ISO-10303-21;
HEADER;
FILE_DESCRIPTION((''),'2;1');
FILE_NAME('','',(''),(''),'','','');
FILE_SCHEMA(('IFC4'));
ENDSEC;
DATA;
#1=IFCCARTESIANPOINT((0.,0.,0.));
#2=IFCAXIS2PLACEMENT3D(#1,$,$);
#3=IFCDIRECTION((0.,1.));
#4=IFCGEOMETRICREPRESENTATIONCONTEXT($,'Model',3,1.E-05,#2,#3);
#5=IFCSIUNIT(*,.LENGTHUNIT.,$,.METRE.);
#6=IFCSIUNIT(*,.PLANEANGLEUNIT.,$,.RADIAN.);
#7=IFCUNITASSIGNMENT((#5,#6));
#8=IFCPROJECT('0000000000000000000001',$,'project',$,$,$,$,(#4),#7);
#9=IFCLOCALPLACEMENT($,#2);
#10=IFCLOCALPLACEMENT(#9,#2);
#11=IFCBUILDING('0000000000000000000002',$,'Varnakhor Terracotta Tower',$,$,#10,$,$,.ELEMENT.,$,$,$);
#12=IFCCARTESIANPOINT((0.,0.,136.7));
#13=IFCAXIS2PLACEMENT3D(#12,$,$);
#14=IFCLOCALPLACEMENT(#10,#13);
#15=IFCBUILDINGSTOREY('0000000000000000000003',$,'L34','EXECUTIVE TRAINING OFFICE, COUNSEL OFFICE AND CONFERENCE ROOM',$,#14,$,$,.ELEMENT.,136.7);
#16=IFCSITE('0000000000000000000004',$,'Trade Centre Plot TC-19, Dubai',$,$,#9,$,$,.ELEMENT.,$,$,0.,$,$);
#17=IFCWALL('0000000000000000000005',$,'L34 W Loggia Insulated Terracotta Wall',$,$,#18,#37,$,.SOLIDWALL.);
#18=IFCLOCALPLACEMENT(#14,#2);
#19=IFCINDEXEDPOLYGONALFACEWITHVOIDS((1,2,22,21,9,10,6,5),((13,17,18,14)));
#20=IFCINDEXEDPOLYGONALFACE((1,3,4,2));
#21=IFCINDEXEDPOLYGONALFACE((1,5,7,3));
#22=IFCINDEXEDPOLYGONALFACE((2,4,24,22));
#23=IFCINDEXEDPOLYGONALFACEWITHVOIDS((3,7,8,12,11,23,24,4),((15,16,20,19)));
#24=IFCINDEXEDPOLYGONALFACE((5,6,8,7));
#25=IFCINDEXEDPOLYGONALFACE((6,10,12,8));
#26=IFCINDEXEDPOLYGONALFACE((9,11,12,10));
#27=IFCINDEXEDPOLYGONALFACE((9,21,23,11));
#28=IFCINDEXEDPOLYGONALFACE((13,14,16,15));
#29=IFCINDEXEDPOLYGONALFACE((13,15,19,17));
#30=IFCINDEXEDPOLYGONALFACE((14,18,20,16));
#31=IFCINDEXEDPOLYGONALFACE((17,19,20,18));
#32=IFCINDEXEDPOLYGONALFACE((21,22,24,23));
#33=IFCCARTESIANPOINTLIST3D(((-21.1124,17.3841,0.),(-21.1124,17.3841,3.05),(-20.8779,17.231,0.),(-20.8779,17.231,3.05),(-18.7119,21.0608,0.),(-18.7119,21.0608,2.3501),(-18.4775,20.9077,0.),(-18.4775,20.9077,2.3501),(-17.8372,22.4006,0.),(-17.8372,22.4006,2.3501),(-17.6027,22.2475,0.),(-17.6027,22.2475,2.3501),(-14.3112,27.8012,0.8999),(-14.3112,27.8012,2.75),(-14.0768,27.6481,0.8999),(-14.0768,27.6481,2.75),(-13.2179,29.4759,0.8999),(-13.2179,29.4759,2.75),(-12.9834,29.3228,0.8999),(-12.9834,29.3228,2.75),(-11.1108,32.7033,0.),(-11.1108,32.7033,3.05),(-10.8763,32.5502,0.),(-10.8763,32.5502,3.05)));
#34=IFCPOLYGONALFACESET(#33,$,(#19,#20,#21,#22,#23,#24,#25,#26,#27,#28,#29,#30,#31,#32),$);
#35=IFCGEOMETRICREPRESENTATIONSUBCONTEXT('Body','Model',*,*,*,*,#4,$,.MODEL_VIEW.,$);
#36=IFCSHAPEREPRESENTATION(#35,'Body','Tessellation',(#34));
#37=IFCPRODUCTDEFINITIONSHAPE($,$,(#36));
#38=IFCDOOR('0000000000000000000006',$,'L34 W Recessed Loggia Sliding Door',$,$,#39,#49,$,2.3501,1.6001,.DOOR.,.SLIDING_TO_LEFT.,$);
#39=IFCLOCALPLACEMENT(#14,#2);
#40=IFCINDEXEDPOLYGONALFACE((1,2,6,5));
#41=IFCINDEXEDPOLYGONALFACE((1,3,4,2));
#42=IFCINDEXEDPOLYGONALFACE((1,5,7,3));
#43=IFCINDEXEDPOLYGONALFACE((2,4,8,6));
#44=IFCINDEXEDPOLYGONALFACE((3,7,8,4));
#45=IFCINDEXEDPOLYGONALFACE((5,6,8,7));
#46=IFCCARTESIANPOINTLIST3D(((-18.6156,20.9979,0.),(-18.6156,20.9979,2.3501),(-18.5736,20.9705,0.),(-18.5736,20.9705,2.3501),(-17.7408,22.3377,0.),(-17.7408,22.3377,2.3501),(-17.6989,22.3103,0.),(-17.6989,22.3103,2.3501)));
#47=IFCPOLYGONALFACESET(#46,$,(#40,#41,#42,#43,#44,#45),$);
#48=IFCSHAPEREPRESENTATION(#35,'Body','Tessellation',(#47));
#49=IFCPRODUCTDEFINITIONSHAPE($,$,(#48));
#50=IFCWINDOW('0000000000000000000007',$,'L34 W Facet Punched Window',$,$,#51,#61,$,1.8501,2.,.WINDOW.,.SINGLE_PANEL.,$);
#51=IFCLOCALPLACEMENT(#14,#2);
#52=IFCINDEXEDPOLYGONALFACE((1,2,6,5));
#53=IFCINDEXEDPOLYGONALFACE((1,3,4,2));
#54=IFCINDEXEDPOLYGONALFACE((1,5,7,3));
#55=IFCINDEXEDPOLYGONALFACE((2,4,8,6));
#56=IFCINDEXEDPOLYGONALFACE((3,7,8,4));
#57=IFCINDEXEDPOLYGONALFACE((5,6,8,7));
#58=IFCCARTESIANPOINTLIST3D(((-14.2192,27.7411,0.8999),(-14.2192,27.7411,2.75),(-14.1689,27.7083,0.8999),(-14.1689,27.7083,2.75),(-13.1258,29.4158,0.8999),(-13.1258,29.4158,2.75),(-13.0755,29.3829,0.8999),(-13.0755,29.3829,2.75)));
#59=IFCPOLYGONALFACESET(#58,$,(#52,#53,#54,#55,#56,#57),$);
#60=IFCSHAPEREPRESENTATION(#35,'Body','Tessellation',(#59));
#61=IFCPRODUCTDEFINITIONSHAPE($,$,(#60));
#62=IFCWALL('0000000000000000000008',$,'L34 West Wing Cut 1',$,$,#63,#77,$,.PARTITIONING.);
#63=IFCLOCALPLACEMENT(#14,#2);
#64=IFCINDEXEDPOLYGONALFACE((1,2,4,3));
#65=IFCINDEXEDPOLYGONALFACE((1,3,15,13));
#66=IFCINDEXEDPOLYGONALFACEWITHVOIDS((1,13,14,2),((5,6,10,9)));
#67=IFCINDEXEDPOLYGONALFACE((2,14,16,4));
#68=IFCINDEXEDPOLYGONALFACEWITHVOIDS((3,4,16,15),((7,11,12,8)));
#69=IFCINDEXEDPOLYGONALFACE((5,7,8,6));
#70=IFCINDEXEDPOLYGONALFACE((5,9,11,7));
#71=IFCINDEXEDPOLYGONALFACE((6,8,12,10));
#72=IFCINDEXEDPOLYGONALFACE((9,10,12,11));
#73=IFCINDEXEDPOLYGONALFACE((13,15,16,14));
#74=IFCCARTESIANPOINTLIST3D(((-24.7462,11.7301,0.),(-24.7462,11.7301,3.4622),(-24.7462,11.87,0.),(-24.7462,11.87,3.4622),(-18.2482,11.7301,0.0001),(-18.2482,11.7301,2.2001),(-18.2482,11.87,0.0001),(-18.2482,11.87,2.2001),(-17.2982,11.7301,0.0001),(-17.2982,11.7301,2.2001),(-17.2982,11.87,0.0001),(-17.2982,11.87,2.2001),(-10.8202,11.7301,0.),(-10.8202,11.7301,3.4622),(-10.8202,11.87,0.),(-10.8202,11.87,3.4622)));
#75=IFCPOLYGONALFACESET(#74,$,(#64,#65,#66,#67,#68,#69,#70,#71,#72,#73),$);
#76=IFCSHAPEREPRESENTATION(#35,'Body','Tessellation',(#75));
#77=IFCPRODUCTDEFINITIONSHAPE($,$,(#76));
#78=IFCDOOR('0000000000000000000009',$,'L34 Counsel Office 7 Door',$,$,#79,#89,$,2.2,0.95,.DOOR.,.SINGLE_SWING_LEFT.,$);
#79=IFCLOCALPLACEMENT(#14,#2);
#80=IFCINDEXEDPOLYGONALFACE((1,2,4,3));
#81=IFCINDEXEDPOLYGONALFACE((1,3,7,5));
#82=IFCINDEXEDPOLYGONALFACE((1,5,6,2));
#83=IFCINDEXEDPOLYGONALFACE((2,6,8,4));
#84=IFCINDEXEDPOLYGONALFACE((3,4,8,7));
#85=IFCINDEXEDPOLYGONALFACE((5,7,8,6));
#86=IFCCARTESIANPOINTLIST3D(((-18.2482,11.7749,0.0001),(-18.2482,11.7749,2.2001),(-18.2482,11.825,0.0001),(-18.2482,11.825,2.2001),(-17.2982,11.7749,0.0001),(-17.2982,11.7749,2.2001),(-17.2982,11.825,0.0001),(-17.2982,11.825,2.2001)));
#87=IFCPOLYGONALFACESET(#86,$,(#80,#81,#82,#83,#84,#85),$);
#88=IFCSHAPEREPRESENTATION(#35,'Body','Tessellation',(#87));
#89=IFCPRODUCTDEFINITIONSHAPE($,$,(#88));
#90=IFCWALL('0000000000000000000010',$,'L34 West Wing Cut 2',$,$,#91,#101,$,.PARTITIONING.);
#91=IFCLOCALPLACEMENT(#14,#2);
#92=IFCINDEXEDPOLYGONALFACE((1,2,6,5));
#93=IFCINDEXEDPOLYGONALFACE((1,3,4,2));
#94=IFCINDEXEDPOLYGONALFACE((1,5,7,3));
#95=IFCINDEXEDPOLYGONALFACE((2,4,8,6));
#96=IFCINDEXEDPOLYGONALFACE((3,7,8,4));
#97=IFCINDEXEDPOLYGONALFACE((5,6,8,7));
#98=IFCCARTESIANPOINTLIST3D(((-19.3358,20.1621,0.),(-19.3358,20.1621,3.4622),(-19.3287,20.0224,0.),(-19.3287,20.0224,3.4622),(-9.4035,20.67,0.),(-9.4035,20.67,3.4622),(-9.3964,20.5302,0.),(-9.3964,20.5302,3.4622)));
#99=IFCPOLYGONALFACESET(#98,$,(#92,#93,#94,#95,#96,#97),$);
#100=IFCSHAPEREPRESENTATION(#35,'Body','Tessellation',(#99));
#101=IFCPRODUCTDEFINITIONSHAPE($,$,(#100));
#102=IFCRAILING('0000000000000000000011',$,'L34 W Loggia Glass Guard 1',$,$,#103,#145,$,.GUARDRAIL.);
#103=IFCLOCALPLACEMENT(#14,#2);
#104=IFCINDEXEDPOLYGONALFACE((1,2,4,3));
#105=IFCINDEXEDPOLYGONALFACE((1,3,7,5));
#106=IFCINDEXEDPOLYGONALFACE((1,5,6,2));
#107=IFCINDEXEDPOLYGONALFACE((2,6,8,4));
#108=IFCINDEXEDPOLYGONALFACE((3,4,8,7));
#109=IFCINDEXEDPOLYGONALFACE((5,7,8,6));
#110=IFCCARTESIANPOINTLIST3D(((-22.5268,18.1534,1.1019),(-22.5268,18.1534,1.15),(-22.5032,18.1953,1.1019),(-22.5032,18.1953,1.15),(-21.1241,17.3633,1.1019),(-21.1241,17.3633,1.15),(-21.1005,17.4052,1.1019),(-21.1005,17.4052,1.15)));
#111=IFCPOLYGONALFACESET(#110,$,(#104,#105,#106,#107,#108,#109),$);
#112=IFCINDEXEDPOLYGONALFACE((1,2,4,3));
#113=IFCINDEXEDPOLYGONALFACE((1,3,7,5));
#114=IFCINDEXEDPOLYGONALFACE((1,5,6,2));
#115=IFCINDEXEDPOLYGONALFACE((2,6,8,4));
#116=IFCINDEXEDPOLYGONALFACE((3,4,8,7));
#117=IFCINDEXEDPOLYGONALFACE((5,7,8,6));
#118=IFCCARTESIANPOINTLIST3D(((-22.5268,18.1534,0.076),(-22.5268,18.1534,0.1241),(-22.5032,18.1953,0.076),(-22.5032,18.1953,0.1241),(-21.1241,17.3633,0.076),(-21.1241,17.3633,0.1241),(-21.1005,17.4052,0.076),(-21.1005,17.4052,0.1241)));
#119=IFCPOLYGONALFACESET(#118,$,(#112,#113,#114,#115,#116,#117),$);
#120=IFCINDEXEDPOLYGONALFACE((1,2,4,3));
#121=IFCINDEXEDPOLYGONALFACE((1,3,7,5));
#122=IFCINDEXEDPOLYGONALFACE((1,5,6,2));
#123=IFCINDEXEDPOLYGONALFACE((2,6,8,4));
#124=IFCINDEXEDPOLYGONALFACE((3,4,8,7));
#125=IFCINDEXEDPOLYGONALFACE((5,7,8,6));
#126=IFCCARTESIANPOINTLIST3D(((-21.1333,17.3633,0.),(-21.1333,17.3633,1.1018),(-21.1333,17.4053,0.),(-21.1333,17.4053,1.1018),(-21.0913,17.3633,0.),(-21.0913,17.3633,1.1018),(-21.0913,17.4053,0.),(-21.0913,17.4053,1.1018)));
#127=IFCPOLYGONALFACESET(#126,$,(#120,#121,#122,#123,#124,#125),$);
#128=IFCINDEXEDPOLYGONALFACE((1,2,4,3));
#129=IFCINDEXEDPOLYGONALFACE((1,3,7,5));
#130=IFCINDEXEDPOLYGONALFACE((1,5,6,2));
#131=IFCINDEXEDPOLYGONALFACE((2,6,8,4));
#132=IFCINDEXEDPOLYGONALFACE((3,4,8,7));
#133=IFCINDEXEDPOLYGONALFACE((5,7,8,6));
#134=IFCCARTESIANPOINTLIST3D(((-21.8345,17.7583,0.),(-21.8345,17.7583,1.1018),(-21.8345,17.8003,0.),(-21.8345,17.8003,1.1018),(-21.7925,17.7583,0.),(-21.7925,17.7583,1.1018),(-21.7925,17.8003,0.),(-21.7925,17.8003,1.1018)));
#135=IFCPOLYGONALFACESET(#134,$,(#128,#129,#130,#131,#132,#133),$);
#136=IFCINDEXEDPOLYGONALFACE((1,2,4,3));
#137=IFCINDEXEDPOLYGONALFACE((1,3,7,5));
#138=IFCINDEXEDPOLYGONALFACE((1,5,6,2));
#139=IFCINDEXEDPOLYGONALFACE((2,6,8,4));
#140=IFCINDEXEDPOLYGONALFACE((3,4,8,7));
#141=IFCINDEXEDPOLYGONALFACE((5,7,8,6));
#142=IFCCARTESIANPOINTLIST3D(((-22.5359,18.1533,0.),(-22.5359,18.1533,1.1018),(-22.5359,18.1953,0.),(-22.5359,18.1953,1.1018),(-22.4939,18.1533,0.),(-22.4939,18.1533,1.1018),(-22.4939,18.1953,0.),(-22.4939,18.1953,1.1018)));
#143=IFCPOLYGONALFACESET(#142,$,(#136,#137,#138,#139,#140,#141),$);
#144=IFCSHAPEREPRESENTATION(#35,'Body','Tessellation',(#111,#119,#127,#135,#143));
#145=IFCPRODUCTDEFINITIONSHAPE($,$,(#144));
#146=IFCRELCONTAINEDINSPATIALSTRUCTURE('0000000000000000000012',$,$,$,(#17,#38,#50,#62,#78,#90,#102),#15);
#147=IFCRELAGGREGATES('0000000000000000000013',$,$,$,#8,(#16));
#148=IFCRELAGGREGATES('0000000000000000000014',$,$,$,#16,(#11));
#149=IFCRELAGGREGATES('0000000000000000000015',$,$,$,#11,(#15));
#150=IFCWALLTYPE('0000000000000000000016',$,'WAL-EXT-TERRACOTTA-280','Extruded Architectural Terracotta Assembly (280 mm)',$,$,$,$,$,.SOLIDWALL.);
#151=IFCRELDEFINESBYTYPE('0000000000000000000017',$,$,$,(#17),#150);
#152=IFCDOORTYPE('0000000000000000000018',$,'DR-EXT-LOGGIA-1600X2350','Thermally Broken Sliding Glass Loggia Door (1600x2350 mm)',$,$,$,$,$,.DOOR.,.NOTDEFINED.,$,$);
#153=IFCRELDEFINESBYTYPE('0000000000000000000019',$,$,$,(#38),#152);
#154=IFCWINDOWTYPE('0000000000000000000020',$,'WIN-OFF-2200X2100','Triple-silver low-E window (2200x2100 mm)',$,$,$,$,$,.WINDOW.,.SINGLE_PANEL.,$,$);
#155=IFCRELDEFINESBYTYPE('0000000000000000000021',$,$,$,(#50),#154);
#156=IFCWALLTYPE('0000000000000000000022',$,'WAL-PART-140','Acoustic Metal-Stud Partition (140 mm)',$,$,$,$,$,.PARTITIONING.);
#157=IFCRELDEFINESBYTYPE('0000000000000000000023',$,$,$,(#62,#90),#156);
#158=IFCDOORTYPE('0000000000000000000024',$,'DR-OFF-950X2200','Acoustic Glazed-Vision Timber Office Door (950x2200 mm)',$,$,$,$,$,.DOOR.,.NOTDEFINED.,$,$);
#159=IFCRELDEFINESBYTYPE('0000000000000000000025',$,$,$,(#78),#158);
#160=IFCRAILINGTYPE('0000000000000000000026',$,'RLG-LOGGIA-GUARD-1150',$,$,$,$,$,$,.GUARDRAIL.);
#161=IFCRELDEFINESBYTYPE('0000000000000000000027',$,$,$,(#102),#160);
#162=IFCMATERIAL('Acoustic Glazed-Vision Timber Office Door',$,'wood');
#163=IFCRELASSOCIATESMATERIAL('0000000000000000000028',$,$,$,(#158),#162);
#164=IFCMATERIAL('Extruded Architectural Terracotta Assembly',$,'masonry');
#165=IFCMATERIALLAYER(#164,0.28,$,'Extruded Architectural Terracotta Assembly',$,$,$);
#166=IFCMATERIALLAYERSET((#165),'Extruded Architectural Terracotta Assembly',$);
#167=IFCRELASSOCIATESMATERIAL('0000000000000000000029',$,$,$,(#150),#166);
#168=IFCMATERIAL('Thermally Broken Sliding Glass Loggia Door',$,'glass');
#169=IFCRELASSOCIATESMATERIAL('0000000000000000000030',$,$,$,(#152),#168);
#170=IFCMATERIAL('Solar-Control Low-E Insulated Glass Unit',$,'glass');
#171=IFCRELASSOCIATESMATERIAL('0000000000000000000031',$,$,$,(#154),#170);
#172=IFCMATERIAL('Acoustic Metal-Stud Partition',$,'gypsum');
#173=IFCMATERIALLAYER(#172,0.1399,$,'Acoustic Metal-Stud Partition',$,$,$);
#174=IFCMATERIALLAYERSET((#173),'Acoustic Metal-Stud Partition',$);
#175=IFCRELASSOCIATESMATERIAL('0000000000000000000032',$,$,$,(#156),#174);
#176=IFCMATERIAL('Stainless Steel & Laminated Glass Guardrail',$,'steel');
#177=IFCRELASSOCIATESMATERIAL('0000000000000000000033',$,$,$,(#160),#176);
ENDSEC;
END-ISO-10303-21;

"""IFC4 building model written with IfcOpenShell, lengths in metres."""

from ifc_helpers import new_model, si_unit, direction, frame, frame_2d, origin, origin_2d, place, context, subcontext, project, spatial, rectangle, extrude, source, transform, mapped, material, layer, layer_set, type_object, type_shapes, element, fill, save


model = new_model("IFC4")

# Units and contexts
model_context = context("Model", 3, precision=1e-05, world=origin(), true_north=direction((0.0, 1.0)))
body_context = subcontext(model_context, "Body", "Model", "MODEL_VIEW")
ifc_project = project(units=[si_unit("LENGTHUNIT", "METRE"), si_unit("PLANEANGLEUNIT", "RADIAN")], contexts=[model_context])

# Site, building, storey
site_placement = place(None, origin())
site = spatial("IfcSite", under=ifc_project, at=site_placement, Name="Trade Centre Plot TC-19, Dubai", CompositionType="ELEMENT", RefElevation=0.0)
building_placement = place(site_placement, origin())
building = spatial("IfcBuilding", under=site, at=building_placement, Name="Varnakhor Terracotta Tower", CompositionType="ELEMENT")
storey_placement = place(building_placement, frame((0.0, 0.0, 136.7)))
storey = spatial("IfcBuildingStorey", under=building, at=storey_placement, Name="L34", Description="EXECUTIVE TRAINING OFFICE, COUNSEL OFFICE AND CONFERENCE ROOM", CompositionType="ELEMENT", Elevation=136.7)

# Shared definitions
ifc_material_1 = material(Name="Acoustic Glazed-Vision Timber Office Door", Category="wood")
door_type_1 = type_object("IfcDoorType", Name="DR-OFF-950X2200", Description="Acoustic Glazed-Vision Timber Office Door (950x2200 mm)", OperationType="NOTDEFINED", PredefinedType="DOOR", material=ifc_material_1)
shared_shape_1 = source(origin(), body_context, "Body", "SweptSolid", [
    extrude(rectangle(XDim=0.95, YDim=2.2, at=frame_2d((0.4751, 1.1001))), frame((0.0, 0.0249, 0.0), z_axis=(0.0, -1.0, 0.0), x_axis=(1.0, 0.0, 0.0)), (0.0, 0.0, 1.0), 0.05),
])
type_shapes(door_type_1, [shared_shape_1])

# Wall, openings, door, window
ifc_material_2 = material(Name="Extruded Architectural Terracotta Assembly", Category="masonry")
ifc_layer_1 = layer(ifc_material_2, 0.28, Name="Extruded Architectural Terracotta Assembly")
ifc_layer_set_1 = layer_set([ifc_layer_1], Name="Extruded Architectural Terracotta Assembly")
wall_type_1 = type_object("IfcWallType", Name="WAL-EXT-TERRACOTTA-280", Description="Extruded Architectural Terracotta Assembly (280 mm)", PredefinedType="SOLIDWALL", material=ifc_layer_set_1)
wall_1_placement = place(storey_placement, frame((-20.9951, 17.3076, 0.0), z_axis=(0.0, 0.0, 1.0), x_axis=(0.546683, 0.837339, 0.0)))
wall_1 = element("IfcWall", 1, at=wall_1_placement, inside=storey, type_object=wall_type_1, Name="L34 W Loggia Insulated Terracotta Wall", PredefinedType="SOLIDWALL", context=body_context, shape_type="SweptSolid", body=[
    extrude(rectangle(XDim=18.2952, YDim=0.28, at=frame_2d((9.1475, 0.0))), origin(), (0.0, 0.0, 1.0), 3.05),
])
opening_1_placement = place(wall_1_placement, frame((4.3909, 0.0, 0.0)))
opening_1 = element("IfcOpeningElement", 2, at=opening_1_placement, cuts=wall_1, PredefinedType="OPENING", context=body_context, shape_type="SweptSolid", body=[
    extrude(rectangle(XDim=1.6001, YDim=2.3501, at=frame_2d((0.8, 1.175))), frame((0.0, 0.1499, 0.0), z_axis=(0.0, -1.0, 0.0), x_axis=(1.0, 0.0, 0.0)), (0.0, 0.0, 1.0), 0.3),
])
opening_2_placement = place(wall_1_placement, frame((12.4407, 0.0, 0.8999)))
opening_2 = element("IfcOpeningElement", 3, at=opening_2_placement, cuts=wall_1, PredefinedType="OPENING", context=body_context, shape_type="SweptSolid", body=[
    extrude(rectangle(XDim=2.0, YDim=1.8501, at=frame_2d((1.0, 0.925))), frame((0.0, 0.1499, 0.0), z_axis=(0.0, -1.0, 0.0), x_axis=(1.0, 0.0, 0.0)), (0.0, 0.0, 1.0), 0.3),
])
ifc_material_3 = material(Name="Thermally Broken Sliding Glass Loggia Door", Category="glass")
door_type_2 = type_object("IfcDoorType", Name="DR-EXT-LOGGIA-1600X2350", Description="Thermally Broken Sliding Glass Loggia Door (1600x2350 mm)", OperationType="NOTDEFINED", PredefinedType="DOOR", material=ifc_material_3)
shared_shape_2 = source(origin(), body_context, "Body", "SweptSolid", [
    extrude(rectangle(XDim=1.6001, YDim=2.3501, at=frame_2d((0.8, 1.175))), frame((0.0, 0.0249, 0.0), z_axis=(0.0, -1.0, 0.0), x_axis=(1.0, 0.0, 0.0)), (0.0, 0.0, 1.0), 0.05),
])
type_shapes(door_type_2, [shared_shape_2])
door_1_placement = place(opening_1_placement, origin())
door_1 = element("IfcDoor", 4, at=door_1_placement, inside=storey, type_object=door_type_2, Name="L34 W Recessed Loggia Sliding Door", OperationType="SLIDING_TO_LEFT", OverallHeight=2.3501, OverallWidth=1.6001, PredefinedType="DOOR", context=body_context, shape_type="MappedRepresentation", body=[
    mapped(shared_shape_2, transform((0.0, 0.0, 0.0), scale=1.0)),
])
fill(opening_1, door_1)
ifc_material_4 = material(Name="Solar-Control Low-E Insulated Glass Unit", Category="glass")
window_type = type_object("IfcWindowType", Name="WIN-OFF-2200X2100", Description="Triple-silver low-E window (2200x2100 mm)", PartitioningType="SINGLE_PANEL", PredefinedType="WINDOW", material=ifc_material_4)
shared_shape_3 = source(origin(), body_context, "Body", "SweptSolid", [
    extrude(rectangle(XDim=2.0, YDim=1.8501, at=frame_2d((1.0, 0.925))), frame((0.0, 0.03, 0.0), z_axis=(0.0, -1.0, 0.0), x_axis=(1.0, 0.0, 0.0)), (0.0, 0.0, 1.0), 0.0601),
])
type_shapes(window_type, [shared_shape_3])
window_placement = place(opening_2_placement, origin())
window = element("IfcWindow", 5, at=window_placement, inside=storey, type_object=window_type, Name="L34 W Facet Punched Window", OverallHeight=1.8501, OverallWidth=2.0, PartitioningType="SINGLE_PANEL", PredefinedType="WINDOW", context=body_context, shape_type="MappedRepresentation", body=[
    mapped(shared_shape_3, transform((0.0, 0.0, 0.0), scale=1.0)),
])
fill(opening_2, window)

# Wall, opening, door
ifc_material_5 = material(Name="Acoustic Metal-Stud Partition", Category="gypsum")
ifc_layer_2 = layer(ifc_material_5, 0.1399, Name="Acoustic Metal-Stud Partition")
ifc_layer_set_2 = layer_set([ifc_layer_2], Name="Acoustic Metal-Stud Partition")
wall_type_2 = type_object("IfcWallType", Name="WAL-PART-140", Description="Acoustic Metal-Stud Partition (140 mm)", PredefinedType="PARTITIONING", material=ifc_layer_set_2)
wall_2_placement = place(storey_placement, frame((-24.7461, 11.8, 0.0), z_axis=(0.0, 0.0, 1.0), x_axis=(1.0, 0.0, 0.0)))
wall_2 = element("IfcWall", 6, at=wall_2_placement, inside=storey, type_object=wall_type_2, Name="L34 West Wing Cut 1", PredefinedType="PARTITIONING", context=body_context, shape_type="SweptSolid", body=[
    extrude(rectangle(XDim=13.926, YDim=0.1399, at=frame_2d((6.9629, 0.0))), origin(), (0.0, 0.0, 1.0), 3.4622),
])
opening_3_placement = place(wall_2_placement, frame((6.4978, 0.0, 0.0)))
opening_3 = element("IfcOpeningElement", 7, at=opening_3_placement, cuts=wall_2, PredefinedType="OPENING", context=body_context, shape_type="SweptSolid", body=[
    extrude(rectangle(XDim=0.95, YDim=2.2, at=frame_2d((0.4751, 1.1001))), frame((0.0, 0.0801, 0.0), z_axis=(0.0, -1.0, 0.0), x_axis=(1.0, 0.0, 0.0)), (0.0, 0.0, 1.0), 0.1599),
])
door_2_placement = place(opening_3_placement, origin())
door_2 = element("IfcDoor", 8, at=door_2_placement, inside=storey, type_object=door_type_1, Name="L34 Counsel Office 7 Door", OperationType="SINGLE_SWING_LEFT", OverallHeight=2.2, OverallWidth=0.95, PredefinedType="DOOR", context=body_context, shape_type="MappedRepresentation", body=[
    mapped(shared_shape_1, transform((0.0, 0.0, 0.0), scale=1.0)),
])
fill(opening_3, door_2)

# Wall
wall_3_placement = place(storey_placement, frame((-19.3323, 20.0923, 0.0), z_axis=(0.0, 0.0, 1.0), x_axis=(0.998696, 0.05106, 0.0)))
element("IfcWall", 9, at=wall_3_placement, inside=storey, type_object=wall_type_2, Name="L34 West Wing Cut 2", PredefinedType="PARTITIONING", context=body_context, shape_type="SweptSolid", body=[
    extrude(rectangle(XDim=9.9453, YDim=0.1399, at=frame_2d((4.9727, 0.0))), origin(), (0.0, 0.0, 1.0), 3.4622),
])

# Railing
ifc_material_6 = material(Name="Stainless Steel & Laminated Glass Guardrail", Category="steel")
railing_type = type_object("IfcRailingType", Name="RLG-LOGGIA-GUARD-1150", PredefinedType="GUARDRAIL", material=ifc_material_6)
railing_1_placement = place(storey_placement, frame((-21.1123, 17.3843, 0.0)))
element("IfcRailing", 10, at=railing_1_placement, inside=storey, type_object=railing_type, Name="L34 W Loggia Glass Guard 1", PredefinedType="GUARDRAIL", context=body_context, shape_type="SweptSolid", body=[
    extrude(rectangle(XDim=0.0481, YDim=0.0481, at=origin_2d()), frame((0.0, 0.0, 1.126), z_axis=(-0.871288, 0.490772, 0.0), x_axis=(-0.490772, -0.871288, 0.0)), (0.0, 0.0, 1.0), 1.6099),
    extrude(rectangle(XDim=0.0481, YDim=0.0481, at=origin_2d()), frame((0.0, 0.0, 0.1001), z_axis=(-0.871288, 0.490772, 0.0), x_axis=(-0.490772, -0.871288, 0.0)), (0.0, 0.0, 1.0), 1.6099),
    extrude(rectangle(XDim=0.042, YDim=0.042, at=origin_2d()), origin(), (0.0, 0.0, 1.0), 1.1018),
    extrude(rectangle(XDim=0.042, YDim=0.042, at=origin_2d()), frame((-0.7012, 0.395, 0.0)), (0.0, 0.0, 1.0), 1.1018),
    extrude(rectangle(XDim=0.042, YDim=0.042, at=origin_2d()), frame((-1.4026, 0.79, 0.0)), (0.0, 0.0, 1.0), 1.1018),
])

save(model, "model.ifc")
